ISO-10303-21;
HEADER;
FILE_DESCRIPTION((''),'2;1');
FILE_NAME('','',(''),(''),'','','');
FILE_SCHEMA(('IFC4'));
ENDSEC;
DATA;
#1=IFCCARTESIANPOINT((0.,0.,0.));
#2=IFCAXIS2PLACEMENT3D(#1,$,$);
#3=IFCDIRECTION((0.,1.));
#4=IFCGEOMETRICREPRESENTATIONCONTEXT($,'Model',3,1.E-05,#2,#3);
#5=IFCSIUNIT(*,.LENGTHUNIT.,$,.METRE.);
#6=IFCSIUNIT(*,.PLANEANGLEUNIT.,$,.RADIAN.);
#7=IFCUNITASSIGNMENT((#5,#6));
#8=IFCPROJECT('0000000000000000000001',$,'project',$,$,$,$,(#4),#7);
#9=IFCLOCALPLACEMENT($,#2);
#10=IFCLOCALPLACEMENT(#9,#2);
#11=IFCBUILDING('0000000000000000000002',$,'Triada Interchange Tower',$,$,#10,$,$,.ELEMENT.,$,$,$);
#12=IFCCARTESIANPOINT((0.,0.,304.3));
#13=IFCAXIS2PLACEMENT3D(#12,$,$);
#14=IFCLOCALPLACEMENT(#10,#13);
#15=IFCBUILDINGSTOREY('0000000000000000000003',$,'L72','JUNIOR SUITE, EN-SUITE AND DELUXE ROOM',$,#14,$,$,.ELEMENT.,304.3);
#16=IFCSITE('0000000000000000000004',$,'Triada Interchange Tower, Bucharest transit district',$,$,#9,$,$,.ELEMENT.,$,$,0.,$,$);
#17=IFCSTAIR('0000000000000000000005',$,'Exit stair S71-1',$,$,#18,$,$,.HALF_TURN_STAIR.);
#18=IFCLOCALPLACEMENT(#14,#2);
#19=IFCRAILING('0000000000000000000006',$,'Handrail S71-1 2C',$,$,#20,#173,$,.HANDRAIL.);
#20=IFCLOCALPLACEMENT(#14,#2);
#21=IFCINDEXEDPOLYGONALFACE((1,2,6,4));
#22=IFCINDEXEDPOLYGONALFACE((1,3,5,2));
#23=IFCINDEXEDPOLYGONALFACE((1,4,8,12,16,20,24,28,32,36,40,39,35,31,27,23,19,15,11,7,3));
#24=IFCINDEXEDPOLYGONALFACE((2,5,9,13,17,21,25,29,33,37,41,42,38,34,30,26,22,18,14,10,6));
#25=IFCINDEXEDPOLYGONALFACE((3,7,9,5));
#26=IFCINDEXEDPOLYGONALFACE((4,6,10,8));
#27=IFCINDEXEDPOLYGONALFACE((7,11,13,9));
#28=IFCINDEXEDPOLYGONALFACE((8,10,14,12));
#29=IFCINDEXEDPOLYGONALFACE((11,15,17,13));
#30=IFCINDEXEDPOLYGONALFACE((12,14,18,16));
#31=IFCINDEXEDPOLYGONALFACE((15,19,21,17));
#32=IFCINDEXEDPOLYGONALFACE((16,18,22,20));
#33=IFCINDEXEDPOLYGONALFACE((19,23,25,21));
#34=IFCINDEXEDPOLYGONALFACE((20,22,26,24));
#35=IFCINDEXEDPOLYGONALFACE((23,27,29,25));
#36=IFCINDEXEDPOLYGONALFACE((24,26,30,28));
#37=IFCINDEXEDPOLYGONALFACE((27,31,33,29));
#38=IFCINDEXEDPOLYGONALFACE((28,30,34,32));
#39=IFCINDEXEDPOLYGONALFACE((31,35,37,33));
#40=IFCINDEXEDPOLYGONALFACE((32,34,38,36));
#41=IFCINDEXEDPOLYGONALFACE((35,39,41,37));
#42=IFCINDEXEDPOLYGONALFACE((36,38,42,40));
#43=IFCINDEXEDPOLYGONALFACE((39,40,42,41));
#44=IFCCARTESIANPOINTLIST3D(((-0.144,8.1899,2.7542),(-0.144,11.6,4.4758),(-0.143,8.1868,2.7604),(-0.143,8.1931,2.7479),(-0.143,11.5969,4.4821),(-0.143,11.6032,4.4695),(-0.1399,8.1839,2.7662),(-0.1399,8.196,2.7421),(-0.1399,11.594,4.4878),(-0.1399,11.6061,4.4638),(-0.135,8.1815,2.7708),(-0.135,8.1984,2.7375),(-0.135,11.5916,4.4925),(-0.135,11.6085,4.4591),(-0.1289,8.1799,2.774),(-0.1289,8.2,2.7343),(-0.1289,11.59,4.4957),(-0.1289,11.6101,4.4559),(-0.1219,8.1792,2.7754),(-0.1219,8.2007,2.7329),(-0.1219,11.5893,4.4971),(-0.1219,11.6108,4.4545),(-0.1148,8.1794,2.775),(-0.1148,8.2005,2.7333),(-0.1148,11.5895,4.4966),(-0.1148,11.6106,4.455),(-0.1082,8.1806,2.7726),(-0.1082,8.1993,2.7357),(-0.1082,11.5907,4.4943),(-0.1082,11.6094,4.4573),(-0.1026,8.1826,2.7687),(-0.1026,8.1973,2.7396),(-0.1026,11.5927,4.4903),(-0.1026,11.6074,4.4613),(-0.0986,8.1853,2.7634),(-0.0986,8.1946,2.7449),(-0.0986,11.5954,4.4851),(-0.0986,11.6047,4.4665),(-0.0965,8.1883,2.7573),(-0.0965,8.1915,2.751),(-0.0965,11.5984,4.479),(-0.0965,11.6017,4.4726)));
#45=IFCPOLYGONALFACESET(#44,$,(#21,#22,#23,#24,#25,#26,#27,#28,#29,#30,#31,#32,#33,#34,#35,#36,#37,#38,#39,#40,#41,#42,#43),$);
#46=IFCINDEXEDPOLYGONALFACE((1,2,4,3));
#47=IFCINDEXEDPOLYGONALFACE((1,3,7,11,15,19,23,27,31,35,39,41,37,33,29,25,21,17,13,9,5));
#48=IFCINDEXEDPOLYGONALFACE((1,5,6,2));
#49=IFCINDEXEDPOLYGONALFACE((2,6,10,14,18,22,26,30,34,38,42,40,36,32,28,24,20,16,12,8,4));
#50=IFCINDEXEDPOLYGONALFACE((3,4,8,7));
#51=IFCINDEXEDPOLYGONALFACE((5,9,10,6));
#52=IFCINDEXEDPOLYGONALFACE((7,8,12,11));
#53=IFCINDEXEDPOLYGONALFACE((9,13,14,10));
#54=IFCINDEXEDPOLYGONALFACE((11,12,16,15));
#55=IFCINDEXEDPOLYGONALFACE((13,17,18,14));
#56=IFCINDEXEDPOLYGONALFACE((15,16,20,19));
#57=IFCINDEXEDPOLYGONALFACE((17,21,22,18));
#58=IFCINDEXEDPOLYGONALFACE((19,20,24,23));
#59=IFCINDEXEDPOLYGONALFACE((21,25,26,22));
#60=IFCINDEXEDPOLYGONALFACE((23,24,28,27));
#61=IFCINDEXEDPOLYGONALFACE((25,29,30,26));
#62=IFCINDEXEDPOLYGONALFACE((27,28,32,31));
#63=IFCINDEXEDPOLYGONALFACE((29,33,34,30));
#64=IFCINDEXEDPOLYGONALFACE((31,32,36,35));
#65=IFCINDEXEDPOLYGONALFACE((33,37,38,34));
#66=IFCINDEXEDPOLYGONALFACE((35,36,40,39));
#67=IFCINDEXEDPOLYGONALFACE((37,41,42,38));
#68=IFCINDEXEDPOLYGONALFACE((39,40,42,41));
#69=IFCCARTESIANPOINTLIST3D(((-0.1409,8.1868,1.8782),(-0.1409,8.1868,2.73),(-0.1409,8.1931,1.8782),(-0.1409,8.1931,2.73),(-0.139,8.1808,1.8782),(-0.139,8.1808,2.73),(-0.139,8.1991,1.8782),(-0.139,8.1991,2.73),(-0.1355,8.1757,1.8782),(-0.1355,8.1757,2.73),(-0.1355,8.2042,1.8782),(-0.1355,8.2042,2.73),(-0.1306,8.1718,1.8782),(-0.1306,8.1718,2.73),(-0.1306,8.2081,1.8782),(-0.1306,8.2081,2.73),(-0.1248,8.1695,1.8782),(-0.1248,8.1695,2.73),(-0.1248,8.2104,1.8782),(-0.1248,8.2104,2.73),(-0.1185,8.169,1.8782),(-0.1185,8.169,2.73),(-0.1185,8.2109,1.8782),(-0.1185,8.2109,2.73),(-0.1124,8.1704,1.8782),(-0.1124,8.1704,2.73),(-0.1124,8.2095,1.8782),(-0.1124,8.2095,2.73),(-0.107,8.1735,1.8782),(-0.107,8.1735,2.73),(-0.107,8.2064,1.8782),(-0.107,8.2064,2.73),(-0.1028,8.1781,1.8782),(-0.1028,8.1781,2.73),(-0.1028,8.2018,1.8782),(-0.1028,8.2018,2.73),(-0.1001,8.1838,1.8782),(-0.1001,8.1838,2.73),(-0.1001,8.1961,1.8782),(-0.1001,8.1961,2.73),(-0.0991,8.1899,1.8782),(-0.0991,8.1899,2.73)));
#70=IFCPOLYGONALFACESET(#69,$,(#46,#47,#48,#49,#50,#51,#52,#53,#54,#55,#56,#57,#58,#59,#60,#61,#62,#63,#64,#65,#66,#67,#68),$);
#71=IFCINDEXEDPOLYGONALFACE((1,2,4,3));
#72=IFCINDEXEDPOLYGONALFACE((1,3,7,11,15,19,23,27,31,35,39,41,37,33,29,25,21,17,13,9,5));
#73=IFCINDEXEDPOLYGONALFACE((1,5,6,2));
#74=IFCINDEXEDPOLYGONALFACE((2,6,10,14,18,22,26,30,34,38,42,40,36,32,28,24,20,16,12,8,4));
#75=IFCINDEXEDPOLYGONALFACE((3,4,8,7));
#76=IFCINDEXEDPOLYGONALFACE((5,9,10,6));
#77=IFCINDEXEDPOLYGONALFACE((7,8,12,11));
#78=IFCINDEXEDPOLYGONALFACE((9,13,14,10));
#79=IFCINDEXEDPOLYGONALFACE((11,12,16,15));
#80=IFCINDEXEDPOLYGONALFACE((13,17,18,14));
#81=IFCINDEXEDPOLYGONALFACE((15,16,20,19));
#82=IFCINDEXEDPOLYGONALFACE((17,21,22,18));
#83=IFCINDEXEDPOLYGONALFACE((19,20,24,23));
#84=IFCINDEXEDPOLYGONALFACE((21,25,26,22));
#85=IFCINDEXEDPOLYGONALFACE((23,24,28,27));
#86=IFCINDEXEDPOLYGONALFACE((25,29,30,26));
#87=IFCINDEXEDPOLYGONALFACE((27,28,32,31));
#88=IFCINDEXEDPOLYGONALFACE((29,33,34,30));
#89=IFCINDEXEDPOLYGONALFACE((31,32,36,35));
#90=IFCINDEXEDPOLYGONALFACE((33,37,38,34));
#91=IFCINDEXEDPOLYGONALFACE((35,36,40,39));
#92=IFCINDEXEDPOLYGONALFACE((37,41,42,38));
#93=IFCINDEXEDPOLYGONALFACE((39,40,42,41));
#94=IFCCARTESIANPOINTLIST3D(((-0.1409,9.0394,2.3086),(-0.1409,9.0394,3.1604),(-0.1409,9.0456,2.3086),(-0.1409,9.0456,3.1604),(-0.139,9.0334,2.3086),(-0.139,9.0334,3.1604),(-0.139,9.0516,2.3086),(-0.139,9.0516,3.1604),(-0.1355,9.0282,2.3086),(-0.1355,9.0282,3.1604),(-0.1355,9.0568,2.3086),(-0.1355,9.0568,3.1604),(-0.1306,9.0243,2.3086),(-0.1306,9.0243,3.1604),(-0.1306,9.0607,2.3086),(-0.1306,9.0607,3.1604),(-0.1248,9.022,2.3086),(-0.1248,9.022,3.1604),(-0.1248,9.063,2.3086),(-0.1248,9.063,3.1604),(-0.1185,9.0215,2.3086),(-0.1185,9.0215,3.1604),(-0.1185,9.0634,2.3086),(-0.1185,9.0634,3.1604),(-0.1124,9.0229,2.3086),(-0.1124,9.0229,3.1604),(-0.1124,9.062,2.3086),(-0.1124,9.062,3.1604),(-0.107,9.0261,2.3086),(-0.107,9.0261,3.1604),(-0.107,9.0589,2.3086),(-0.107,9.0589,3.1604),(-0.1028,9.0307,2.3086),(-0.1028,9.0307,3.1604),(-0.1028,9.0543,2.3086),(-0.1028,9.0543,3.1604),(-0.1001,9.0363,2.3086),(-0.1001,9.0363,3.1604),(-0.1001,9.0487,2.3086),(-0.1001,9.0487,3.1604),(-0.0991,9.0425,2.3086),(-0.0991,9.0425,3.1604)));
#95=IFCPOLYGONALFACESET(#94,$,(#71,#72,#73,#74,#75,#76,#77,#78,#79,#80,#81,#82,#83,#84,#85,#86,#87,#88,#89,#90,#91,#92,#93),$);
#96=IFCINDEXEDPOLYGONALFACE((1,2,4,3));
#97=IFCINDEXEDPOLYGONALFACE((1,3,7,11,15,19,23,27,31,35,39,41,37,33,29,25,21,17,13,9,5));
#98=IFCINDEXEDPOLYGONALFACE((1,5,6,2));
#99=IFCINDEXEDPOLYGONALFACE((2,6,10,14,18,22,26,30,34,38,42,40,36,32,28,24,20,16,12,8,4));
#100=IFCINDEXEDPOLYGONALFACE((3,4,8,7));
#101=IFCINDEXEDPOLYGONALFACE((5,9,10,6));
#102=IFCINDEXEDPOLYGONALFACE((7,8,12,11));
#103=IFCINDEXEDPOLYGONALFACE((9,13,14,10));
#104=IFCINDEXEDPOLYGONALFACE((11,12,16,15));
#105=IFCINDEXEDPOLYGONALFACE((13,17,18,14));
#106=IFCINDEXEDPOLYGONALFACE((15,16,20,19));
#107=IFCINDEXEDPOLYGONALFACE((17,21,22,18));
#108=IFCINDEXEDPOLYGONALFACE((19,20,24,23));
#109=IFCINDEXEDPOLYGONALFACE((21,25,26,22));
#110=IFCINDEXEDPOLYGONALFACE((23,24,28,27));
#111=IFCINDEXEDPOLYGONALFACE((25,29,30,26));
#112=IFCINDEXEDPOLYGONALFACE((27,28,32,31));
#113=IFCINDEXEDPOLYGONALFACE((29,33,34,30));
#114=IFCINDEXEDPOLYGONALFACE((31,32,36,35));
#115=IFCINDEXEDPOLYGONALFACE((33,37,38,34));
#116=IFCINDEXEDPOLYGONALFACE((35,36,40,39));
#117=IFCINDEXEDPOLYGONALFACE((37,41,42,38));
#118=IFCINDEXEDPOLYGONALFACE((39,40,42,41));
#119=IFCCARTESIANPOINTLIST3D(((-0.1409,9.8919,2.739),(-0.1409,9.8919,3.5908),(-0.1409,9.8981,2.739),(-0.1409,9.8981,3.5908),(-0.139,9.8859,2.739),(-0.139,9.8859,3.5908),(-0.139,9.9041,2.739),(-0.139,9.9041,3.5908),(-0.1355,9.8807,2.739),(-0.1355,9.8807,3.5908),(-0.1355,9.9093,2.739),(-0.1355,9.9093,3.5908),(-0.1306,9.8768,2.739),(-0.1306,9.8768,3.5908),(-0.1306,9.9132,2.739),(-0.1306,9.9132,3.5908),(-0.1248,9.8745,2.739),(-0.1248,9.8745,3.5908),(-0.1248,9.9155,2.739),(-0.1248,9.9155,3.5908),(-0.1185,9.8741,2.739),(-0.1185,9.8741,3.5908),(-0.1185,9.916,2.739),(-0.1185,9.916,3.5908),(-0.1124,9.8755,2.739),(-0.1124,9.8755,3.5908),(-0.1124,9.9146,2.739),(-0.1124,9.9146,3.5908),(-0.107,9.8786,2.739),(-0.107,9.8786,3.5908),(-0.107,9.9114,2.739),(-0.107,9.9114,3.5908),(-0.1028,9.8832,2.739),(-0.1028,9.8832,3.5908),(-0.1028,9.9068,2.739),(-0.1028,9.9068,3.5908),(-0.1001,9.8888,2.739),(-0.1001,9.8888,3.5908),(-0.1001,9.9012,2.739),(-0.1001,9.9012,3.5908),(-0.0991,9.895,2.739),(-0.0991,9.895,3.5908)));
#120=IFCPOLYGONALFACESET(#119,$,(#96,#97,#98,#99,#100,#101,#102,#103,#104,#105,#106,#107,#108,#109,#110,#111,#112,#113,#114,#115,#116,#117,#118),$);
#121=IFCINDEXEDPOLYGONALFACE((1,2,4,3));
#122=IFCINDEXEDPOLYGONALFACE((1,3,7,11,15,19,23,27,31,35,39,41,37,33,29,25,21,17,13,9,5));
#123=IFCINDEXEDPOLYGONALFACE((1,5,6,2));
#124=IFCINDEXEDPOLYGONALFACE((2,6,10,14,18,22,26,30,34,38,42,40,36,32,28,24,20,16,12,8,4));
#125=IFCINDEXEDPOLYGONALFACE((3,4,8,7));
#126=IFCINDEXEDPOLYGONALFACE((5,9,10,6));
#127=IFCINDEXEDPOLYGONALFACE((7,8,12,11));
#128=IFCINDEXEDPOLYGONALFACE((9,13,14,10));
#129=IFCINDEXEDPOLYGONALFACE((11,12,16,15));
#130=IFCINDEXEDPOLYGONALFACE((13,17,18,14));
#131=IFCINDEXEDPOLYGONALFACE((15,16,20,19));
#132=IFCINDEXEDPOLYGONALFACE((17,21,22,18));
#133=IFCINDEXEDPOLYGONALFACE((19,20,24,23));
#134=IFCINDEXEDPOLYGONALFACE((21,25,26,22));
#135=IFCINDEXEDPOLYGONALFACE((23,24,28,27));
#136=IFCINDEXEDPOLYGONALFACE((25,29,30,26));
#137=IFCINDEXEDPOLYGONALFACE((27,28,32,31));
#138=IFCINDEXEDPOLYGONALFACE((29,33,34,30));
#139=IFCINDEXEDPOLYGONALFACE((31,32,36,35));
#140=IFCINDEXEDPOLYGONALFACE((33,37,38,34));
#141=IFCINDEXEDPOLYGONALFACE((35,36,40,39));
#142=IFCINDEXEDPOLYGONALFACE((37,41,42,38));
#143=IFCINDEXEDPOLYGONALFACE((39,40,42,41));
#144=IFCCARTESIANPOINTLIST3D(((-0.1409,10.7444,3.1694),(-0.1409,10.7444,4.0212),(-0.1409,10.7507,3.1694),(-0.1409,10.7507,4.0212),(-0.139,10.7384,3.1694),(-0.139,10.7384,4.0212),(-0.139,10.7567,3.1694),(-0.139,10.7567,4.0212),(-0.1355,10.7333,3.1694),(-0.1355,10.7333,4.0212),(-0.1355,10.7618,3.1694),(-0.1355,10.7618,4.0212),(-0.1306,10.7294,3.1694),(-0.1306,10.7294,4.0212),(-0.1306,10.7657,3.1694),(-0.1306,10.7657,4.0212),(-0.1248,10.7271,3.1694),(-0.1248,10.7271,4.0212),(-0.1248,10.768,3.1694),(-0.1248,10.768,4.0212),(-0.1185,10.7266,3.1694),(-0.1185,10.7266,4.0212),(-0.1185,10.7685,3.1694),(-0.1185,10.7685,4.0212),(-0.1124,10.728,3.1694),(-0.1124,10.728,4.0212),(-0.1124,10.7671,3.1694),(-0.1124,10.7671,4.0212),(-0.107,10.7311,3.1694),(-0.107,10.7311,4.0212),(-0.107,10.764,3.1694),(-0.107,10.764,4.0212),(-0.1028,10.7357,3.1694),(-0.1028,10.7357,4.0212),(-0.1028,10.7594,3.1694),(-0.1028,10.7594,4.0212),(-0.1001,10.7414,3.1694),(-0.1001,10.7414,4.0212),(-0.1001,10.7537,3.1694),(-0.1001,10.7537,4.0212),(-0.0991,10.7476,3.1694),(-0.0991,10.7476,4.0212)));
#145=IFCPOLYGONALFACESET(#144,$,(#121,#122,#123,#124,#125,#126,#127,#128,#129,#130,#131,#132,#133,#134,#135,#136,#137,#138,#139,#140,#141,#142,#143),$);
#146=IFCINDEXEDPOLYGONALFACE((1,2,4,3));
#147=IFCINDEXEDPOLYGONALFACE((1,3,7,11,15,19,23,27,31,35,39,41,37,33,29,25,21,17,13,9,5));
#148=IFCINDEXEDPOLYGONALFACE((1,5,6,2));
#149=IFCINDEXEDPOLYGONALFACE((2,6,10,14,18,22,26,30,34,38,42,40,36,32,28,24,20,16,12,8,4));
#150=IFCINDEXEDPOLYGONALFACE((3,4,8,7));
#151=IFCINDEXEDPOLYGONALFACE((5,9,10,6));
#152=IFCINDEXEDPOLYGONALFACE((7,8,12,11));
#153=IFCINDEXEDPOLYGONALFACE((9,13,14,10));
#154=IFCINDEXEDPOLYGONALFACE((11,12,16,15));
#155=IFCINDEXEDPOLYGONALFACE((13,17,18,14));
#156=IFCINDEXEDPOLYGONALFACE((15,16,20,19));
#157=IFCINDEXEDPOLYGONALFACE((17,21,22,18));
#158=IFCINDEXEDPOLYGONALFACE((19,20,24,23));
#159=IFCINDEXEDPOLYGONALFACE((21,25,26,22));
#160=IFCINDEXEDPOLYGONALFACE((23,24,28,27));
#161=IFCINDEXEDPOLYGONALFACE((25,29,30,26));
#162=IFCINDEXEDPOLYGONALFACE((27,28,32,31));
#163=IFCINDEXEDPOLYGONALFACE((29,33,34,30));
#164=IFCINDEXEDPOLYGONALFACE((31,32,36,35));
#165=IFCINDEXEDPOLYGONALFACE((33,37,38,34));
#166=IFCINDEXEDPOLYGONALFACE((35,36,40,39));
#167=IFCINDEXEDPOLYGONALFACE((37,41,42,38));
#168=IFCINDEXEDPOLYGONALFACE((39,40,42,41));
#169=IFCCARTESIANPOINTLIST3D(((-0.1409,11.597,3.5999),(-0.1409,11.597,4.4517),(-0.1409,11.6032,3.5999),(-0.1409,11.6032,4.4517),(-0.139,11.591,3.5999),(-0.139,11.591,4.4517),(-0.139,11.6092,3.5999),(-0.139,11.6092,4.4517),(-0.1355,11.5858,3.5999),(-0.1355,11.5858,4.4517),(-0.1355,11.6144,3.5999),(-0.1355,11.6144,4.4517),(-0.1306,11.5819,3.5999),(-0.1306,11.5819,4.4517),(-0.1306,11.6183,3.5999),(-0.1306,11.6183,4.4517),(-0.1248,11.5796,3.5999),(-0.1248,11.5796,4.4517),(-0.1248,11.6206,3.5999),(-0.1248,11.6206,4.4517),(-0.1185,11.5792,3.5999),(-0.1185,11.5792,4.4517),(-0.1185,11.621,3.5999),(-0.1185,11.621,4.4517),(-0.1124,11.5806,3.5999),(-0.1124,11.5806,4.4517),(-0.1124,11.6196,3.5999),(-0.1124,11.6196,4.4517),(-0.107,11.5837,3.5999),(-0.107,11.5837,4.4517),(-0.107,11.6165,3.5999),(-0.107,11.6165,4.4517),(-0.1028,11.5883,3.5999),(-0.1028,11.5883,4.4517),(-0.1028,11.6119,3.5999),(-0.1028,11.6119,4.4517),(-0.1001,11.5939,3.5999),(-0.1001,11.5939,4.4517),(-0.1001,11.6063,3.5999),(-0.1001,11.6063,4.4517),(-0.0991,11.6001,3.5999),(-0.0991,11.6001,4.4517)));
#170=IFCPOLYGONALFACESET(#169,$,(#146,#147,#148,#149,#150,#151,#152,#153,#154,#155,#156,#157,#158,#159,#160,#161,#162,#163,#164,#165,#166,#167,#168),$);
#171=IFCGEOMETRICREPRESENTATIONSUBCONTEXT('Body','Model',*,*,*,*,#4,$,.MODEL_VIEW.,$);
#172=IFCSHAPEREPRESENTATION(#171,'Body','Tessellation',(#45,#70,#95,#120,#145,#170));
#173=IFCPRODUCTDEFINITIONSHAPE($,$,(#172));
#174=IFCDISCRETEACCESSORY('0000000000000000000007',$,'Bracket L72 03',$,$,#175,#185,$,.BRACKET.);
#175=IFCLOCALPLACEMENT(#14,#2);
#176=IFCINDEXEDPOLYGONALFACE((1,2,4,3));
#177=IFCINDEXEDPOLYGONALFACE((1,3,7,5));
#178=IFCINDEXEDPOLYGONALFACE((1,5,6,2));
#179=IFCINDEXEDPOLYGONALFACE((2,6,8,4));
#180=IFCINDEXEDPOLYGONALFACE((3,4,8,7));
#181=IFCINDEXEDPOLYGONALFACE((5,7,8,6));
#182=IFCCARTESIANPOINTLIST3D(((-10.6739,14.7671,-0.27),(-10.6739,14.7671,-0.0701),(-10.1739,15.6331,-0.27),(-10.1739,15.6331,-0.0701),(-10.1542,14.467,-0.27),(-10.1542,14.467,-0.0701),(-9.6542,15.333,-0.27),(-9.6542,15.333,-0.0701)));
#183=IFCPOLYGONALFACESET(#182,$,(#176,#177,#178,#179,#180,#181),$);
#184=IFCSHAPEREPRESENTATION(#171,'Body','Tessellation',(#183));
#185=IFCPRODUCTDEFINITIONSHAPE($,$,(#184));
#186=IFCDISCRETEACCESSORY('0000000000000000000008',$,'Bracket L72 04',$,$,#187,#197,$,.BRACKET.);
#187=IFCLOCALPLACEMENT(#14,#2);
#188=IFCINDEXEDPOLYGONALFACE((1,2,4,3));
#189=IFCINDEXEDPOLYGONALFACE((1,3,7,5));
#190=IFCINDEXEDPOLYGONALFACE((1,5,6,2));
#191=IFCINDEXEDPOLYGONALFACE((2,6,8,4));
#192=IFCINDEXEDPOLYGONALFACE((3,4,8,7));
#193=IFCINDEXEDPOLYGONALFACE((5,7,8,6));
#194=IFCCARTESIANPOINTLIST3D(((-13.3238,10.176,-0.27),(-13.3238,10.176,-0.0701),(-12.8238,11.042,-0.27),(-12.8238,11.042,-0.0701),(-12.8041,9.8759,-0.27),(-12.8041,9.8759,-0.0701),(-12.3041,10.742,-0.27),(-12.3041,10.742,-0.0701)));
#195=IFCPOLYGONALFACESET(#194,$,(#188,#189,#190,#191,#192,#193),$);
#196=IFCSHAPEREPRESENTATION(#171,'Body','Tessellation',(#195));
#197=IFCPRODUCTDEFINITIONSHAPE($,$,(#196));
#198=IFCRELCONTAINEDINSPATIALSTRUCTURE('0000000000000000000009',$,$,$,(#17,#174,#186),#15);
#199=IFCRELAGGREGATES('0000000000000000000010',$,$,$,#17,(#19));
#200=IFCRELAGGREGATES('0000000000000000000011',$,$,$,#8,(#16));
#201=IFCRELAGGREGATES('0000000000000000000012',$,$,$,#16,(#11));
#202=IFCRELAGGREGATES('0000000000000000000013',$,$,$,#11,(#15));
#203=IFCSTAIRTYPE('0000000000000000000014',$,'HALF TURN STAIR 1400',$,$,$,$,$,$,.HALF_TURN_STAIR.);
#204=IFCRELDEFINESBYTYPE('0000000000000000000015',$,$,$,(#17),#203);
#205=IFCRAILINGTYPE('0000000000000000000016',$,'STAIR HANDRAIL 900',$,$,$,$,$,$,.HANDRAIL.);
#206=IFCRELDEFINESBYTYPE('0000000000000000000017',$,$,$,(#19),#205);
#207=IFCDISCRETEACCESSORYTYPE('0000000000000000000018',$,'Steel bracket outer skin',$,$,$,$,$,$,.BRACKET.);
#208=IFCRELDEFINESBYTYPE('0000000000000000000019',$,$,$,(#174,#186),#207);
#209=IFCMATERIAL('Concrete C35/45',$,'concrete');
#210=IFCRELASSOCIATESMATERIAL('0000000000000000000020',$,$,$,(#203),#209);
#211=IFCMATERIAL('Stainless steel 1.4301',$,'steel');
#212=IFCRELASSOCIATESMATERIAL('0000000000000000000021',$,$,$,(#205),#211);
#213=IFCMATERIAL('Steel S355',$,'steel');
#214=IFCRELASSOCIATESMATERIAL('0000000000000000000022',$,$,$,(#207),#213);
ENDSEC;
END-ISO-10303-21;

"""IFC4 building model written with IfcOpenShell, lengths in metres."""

from ifc_helpers import new_model, si_unit, direction, frame, origin, origin_2d, place, context, subcontext, project, spatial, rectangle, circle, extrude, material, type_object, element, aggregate, save


model = new_model("IFC4")

# Units and contexts
model_context = context("Model", 3, precision=1e-05, world=origin(), true_north=direction((0.0, 1.0)))
body_context = subcontext(model_context, "Body", "Model", "MODEL_VIEW")
ifc_project = project(units=[si_unit("LENGTHUNIT", "METRE"), si_unit("PLANEANGLEUNIT", "RADIAN")], contexts=[model_context])

# Site, building, storey
site_placement = place(None, origin())
site = spatial("IfcSite", under=ifc_project, at=site_placement, Name="Triada Interchange Tower, Bucharest transit district", CompositionType="ELEMENT", RefElevation=0.0)
building_placement = place(site_placement, origin())
building = spatial("IfcBuilding", under=site, at=building_placement, Name="Triada Interchange Tower", CompositionType="ELEMENT")
storey_placement = place(building_placement, frame((0.0, 0.0, 304.3)))
storey = spatial("IfcBuildingStorey", under=building, at=storey_placement, Name="L72", Description="JUNIOR SUITE, EN-SUITE AND DELUXE ROOM", CompositionType="ELEMENT", Elevation=304.3)

# Stair
ifc_material_1 = material(Name="Concrete C35/45", Category="concrete")
stair_type = type_object("IfcStairType", Name="HALF TURN STAIR 1400", PredefinedType="HALF_TURN_STAIR", material=ifc_material_1)
stair_placement = place(storey_placement, origin())
stair = element("IfcStair", 1, at=stair_placement, inside=storey, type_object=stair_type, Name="Exit stair S71-1", PredefinedType="HALF_TURN_STAIR")

# Railing
ifc_material_2 = material(Name="Stainless steel 1.4301", Category="steel")
railing_type = type_object("IfcRailingType", Name="STAIR HANDRAIL 900", PredefinedType="HANDRAIL", material=ifc_material_2)
railing_1_placement = place(storey_placement, frame((-0.1201, 8.1899, 1.8782)))
railing_1 = element("IfcRailing", 2, at=railing_1_placement, type_object=railing_type, Name="Handrail S71-1 2C", PredefinedType="HANDRAIL", context=body_context, shape_type="SweptSolid", body=[
    extrude(circle(Radius=0.0239, at=origin_2d()), frame((0.0, 0.0, 0.876), z_axis=(0.0, 0.892682, 0.450687), x_axis=(-1.0, 0.0, 0.0)), (0.0, 0.0, 1.0), 3.8201),
    extrude(circle(Radius=0.021, at=origin_2d()), origin(), (0.0, 0.0, 1.0), 0.8518),
    extrude(circle(Radius=0.021, at=origin_2d()), frame((0.0, 0.8525, 0.4304)), (0.0, 0.0, 1.0), 0.8518),
    extrude(circle(Radius=0.021, at=origin_2d()), frame((0.0, 1.7051, 0.8608)), (0.0, 0.0, 1.0), 0.8518),
    extrude(circle(Radius=0.021, at=origin_2d()), frame((0.0, 2.5576, 1.2913)), (0.0, 0.0, 1.0), 0.8518),
    extrude(circle(Radius=0.021, at=origin_2d()), frame((0.0, 3.4102, 1.7217)), (0.0, 0.0, 1.0), 0.8518),
])
aggregate(stair, [railing_1])

# Discrete accessories
ifc_material_3 = material(Name="Steel S355", Category="steel")
discrete_accessory_type = type_object("IfcDiscreteAccessoryType", Name="Steel bracket outer skin", PredefinedType="BRACKET", material=ifc_material_3)
for number, where, z_axis, x_axis, name in (
    (3, (-10.1641, 15.05, -0.27), (0.0, 0.0, 1.0), (-0.866027, 0.499997, 0.0), "Bracket L72 03"),
    (4, (-12.814, 10.459, -0.27), (0.0, 0.0, 1.0), (-0.866027, 0.499997, 0.0), "Bracket L72 04"),
):
    element("IfcDiscreteAccessory", number, at=place(storey_placement, frame(where, z_axis=z_axis, x_axis=x_axis)), inside=storey, type_object=discrete_accessory_type, Name=name, PredefinedType="BRACKET", context=body_context, shape_type="SweptSolid", body=[
        extrude(rectangle(XDim=0.6001, YDim=1.0, at=origin_2d()), origin(), (0.0, 0.0, 1.0), 0.2),
    ])

save(model, "model.ifc")
